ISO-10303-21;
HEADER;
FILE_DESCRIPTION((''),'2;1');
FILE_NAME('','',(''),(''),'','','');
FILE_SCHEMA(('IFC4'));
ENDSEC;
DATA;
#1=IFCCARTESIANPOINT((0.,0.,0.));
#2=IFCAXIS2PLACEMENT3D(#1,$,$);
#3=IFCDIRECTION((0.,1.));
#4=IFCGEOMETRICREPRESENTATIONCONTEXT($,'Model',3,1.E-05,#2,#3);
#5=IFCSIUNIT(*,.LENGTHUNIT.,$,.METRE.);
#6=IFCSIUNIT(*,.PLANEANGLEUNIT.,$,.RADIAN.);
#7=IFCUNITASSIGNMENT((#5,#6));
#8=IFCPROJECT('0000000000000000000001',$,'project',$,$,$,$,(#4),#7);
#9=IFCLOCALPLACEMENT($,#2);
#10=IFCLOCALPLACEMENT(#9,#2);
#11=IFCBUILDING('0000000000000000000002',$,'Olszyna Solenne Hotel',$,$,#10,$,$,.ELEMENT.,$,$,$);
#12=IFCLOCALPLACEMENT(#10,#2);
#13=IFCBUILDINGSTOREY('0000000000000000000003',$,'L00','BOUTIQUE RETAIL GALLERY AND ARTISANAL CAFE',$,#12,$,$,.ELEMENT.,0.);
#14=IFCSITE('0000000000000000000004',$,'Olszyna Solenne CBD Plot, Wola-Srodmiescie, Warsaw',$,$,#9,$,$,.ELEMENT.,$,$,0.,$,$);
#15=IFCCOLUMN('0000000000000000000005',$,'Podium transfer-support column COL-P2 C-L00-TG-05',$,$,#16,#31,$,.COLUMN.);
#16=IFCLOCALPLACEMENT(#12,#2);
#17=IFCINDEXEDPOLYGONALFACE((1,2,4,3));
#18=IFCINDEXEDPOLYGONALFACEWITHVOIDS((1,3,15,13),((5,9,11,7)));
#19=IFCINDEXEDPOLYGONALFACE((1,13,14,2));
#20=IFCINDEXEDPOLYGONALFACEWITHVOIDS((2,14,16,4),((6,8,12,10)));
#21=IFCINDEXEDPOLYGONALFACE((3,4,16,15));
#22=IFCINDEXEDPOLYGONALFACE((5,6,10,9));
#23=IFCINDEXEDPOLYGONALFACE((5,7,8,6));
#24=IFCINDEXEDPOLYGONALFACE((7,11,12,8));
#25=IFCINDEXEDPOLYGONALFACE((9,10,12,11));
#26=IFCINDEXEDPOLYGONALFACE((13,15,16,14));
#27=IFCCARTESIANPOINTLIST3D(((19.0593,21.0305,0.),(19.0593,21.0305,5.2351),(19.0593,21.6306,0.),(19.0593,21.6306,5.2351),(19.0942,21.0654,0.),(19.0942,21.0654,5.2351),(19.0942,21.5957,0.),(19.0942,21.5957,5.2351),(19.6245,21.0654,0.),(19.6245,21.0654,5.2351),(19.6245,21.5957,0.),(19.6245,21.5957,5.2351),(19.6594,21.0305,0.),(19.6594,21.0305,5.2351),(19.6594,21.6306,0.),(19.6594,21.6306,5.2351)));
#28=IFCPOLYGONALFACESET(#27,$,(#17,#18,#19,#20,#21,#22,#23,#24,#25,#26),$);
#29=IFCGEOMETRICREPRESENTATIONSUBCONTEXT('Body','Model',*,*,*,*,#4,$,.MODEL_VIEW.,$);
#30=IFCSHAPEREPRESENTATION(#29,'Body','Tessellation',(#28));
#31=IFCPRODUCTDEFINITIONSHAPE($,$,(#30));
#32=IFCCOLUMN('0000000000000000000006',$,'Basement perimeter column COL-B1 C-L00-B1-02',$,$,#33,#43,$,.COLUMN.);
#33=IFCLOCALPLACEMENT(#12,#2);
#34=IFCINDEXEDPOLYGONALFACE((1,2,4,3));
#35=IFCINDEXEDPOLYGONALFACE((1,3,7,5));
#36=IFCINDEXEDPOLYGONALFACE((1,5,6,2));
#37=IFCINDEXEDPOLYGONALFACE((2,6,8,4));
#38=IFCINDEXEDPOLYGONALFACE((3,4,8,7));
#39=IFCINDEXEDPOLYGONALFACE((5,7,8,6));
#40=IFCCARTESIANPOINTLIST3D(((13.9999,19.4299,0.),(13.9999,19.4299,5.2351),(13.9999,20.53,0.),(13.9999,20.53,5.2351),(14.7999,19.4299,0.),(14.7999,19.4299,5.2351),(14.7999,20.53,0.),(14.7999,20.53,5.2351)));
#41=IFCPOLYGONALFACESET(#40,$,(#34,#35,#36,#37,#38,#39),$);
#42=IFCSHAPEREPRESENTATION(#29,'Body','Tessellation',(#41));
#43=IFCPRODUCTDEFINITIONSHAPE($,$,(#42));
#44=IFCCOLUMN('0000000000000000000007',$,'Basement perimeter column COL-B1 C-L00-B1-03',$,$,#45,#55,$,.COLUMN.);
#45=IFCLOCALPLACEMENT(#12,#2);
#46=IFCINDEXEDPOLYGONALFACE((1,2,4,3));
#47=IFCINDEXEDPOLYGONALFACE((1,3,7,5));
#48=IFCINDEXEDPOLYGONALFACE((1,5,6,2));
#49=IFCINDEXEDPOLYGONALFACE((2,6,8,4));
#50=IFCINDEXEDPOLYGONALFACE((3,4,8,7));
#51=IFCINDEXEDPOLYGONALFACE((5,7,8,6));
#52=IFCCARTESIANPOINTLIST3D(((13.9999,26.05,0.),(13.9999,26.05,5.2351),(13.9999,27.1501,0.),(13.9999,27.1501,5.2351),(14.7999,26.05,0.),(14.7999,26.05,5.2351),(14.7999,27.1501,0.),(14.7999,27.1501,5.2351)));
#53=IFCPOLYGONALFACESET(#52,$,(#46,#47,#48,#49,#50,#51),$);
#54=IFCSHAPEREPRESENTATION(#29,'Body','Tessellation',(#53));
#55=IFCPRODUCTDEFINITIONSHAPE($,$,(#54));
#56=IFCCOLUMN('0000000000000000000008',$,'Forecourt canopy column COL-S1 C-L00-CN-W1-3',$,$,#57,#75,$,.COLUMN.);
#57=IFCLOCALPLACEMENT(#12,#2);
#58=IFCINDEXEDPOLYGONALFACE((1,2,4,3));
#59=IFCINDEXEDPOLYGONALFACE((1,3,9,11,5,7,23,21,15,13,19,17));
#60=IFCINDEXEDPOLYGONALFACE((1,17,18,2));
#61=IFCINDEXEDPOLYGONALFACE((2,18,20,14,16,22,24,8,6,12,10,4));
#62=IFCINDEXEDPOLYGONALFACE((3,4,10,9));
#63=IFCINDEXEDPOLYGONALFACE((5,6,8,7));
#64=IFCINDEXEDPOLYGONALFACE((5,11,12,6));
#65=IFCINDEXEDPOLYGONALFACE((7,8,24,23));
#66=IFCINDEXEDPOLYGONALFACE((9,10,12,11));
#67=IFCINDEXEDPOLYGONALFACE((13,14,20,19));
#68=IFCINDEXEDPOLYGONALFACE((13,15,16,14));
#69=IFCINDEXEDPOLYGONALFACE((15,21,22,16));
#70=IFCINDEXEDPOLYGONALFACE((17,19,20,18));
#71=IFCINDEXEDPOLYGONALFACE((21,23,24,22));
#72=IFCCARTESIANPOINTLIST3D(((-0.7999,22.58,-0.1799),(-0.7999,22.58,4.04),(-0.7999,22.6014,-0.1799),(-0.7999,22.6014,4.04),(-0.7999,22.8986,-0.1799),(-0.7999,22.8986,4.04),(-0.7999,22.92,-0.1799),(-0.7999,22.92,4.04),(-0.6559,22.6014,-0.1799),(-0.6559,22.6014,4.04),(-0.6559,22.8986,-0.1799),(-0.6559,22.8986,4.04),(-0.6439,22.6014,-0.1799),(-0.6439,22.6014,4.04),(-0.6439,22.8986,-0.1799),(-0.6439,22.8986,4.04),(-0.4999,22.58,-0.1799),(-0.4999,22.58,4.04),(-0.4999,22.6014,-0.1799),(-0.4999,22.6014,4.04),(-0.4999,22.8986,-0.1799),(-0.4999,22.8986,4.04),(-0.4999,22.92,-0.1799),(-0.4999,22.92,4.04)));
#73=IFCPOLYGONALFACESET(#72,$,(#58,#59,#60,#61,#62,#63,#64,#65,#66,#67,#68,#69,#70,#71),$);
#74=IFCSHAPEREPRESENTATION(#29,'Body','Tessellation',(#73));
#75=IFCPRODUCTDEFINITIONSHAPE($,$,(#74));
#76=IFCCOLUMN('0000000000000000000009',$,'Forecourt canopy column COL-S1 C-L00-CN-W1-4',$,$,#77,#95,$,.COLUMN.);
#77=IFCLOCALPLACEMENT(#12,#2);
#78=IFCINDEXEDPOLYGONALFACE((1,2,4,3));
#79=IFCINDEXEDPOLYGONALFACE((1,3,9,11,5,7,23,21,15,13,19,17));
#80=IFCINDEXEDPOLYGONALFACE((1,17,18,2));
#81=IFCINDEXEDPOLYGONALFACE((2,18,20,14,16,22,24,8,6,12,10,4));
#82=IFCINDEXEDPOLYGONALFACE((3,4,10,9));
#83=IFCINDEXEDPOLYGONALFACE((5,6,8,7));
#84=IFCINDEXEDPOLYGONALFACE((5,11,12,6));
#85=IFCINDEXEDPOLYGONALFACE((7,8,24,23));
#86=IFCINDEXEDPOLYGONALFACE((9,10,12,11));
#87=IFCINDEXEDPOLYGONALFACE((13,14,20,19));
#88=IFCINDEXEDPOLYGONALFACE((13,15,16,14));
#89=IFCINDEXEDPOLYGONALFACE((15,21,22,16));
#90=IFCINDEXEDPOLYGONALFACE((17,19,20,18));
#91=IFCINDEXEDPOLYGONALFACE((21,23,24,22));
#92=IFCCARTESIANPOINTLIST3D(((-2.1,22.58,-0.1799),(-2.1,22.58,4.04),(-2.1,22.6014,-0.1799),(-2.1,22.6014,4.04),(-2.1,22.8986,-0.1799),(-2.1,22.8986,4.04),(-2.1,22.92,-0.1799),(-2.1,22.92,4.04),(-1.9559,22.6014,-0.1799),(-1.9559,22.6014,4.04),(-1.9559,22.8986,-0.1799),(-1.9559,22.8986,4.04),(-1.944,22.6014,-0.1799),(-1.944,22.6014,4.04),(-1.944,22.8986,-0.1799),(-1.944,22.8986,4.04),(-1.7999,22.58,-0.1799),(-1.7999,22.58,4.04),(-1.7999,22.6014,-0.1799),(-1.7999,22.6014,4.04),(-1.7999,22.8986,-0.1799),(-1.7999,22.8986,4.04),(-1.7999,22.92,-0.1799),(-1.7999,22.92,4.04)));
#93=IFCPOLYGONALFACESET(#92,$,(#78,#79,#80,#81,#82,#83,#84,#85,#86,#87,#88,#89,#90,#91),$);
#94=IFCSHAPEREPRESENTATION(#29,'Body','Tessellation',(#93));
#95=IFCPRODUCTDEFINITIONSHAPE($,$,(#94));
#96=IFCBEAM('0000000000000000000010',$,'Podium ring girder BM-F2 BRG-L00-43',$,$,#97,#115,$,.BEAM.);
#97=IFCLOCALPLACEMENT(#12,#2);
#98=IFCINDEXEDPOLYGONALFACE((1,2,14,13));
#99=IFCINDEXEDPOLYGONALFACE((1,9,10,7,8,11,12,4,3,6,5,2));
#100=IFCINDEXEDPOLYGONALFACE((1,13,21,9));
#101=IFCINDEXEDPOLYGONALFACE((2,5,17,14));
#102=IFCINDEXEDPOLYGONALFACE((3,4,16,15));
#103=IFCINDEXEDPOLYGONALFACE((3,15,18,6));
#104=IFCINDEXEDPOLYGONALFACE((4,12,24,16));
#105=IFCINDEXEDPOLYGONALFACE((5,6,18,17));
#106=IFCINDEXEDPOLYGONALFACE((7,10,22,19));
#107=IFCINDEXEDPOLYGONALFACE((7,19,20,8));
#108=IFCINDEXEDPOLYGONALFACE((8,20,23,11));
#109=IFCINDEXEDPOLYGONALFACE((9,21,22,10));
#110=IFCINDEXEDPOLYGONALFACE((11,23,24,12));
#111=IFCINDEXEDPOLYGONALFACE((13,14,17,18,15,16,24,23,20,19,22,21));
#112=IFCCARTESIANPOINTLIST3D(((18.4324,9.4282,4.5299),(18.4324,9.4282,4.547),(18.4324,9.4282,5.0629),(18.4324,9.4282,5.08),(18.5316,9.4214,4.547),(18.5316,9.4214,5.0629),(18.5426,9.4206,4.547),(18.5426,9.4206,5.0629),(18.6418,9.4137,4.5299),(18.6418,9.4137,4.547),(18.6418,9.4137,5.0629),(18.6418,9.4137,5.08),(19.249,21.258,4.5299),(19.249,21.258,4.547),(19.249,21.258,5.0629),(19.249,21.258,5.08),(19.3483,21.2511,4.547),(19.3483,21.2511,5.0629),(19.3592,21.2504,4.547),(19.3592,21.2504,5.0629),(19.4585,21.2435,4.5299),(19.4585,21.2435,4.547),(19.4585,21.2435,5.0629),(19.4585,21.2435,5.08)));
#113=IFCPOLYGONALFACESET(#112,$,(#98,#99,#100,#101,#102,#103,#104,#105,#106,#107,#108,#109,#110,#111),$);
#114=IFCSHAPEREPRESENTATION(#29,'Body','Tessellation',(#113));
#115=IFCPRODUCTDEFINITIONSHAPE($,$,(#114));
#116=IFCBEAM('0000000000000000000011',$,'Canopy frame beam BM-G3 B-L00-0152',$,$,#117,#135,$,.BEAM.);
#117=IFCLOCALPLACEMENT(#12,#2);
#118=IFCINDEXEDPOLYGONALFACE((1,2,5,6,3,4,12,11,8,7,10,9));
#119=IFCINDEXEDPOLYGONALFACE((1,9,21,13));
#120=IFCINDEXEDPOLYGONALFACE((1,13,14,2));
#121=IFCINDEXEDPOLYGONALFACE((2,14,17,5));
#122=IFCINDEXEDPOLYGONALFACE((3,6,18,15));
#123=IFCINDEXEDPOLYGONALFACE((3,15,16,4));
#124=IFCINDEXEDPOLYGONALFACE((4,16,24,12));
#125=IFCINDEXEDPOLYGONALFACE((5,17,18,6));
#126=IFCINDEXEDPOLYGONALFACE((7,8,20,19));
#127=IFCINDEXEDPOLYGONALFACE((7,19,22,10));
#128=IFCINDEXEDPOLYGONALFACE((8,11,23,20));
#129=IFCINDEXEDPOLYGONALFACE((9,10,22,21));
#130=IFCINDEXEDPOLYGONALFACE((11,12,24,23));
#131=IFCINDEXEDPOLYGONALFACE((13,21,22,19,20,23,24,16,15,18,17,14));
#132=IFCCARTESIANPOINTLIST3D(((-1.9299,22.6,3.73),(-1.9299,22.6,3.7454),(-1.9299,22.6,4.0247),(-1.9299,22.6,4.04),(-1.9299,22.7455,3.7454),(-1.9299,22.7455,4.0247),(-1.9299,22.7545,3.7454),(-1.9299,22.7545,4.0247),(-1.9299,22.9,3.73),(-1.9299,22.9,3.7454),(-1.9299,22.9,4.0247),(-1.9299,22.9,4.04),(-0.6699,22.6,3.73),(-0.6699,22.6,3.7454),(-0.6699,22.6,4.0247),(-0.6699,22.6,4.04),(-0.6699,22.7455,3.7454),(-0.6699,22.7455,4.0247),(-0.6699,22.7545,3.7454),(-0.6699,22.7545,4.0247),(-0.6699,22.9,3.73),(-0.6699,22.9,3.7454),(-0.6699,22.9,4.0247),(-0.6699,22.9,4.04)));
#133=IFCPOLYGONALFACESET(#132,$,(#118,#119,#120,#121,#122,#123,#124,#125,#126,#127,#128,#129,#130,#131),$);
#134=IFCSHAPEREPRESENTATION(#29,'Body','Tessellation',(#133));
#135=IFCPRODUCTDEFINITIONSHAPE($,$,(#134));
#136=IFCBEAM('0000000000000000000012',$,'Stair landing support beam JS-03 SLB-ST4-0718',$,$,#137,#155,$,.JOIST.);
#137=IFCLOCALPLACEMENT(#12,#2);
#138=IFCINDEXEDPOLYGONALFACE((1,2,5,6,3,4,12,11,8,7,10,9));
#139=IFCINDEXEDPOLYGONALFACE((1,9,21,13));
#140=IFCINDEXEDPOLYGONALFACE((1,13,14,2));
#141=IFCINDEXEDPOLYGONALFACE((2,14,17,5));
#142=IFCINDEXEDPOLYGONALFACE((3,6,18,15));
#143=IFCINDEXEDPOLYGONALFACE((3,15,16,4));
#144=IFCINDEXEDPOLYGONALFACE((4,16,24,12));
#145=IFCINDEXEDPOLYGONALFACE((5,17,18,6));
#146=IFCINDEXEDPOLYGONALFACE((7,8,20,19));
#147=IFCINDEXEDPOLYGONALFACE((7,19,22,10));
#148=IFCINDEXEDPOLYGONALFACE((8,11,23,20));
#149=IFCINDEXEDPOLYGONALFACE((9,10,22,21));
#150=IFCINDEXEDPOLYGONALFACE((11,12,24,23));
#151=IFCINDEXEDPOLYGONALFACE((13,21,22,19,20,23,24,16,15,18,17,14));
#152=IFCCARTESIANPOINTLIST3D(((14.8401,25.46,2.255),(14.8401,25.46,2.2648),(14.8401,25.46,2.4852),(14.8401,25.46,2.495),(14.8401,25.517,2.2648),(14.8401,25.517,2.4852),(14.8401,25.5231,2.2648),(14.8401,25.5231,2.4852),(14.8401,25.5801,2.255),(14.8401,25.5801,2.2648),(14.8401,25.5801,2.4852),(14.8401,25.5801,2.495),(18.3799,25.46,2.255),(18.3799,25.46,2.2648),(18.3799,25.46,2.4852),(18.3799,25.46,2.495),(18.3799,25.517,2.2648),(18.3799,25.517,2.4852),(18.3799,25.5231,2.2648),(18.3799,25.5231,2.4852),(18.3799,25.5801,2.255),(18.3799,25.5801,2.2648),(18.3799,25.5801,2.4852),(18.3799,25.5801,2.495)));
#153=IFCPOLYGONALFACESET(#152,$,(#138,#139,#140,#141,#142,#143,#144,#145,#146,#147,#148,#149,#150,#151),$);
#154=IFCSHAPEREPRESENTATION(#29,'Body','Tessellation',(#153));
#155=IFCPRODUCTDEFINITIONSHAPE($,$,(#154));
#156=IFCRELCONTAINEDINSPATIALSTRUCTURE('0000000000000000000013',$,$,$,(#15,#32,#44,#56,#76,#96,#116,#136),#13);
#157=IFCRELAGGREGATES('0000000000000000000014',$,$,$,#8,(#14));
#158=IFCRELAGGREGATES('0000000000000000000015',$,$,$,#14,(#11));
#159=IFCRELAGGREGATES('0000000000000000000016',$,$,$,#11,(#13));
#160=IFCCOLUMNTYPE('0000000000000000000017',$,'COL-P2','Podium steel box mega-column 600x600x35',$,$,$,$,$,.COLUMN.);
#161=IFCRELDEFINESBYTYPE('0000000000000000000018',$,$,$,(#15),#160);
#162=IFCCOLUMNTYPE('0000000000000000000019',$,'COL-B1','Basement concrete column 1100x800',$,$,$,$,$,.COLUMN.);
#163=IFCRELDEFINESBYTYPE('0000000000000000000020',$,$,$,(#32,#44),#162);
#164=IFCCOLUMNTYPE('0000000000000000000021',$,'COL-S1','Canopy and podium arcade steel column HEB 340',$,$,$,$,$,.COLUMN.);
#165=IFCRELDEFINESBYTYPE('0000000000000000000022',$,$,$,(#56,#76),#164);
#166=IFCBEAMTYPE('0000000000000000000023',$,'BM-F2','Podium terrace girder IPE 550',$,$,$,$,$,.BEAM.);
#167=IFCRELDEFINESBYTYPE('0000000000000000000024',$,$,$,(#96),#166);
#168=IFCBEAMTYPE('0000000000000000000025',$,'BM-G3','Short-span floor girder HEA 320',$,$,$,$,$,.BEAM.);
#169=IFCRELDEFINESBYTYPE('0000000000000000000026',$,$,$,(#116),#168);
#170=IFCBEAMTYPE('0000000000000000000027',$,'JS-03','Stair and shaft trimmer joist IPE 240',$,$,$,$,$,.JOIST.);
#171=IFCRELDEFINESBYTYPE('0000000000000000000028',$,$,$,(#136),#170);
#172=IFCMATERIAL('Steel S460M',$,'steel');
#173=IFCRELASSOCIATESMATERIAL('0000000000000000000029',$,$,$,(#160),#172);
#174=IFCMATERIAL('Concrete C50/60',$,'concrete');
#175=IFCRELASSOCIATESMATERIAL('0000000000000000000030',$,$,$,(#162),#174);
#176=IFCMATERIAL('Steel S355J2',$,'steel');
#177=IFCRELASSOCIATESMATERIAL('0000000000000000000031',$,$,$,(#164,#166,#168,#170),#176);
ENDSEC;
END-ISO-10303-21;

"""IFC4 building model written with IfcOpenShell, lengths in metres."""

from ifc_helpers import new_model, si_unit, direction, frame, origin, origin_2d, place, context, subcontext, project, spatial, rectangle, hollow_rectangle, i_section, extrude, source, transform, mapped, material, material_profile, profile_set, type_object, element, save


model = new_model("IFC4")

# Units and contexts
model_context = context("Model", 3, precision=1e-05, world=origin(), true_north=direction((0.0, 1.0)))
body_context = subcontext(model_context, "Body", "Model", "MODEL_VIEW")
ifc_project = project(units=[si_unit("LENGTHUNIT", "METRE"), si_unit("PLANEANGLEUNIT", "RADIAN")], contexts=[model_context])

# Site, building, storey
site_placement = place(None, origin())
site = spatial("IfcSite", under=ifc_project, at=site_placement, Name="Olszyna Solenne CBD Plot, Wola-Srodmiescie, Warsaw", CompositionType="ELEMENT", RefElevation=0.0)
building_placement = place(site_placement, origin())
building = spatial("IfcBuilding", under=site, at=building_placement, Name="Olszyna Solenne Hotel", CompositionType="ELEMENT")
storey_placement = place(building_placement, origin())
storey = spatial("IfcBuildingStorey", under=building, at=storey_placement, Name="L00", Description="BOUTIQUE RETAIL GALLERY AND ARTISANAL CAFE", CompositionType="ELEMENT", Elevation=0.0)

# Columns
ifc_material_1 = material(Name="Steel S460M", Category="steel")
ifc_material_profile_1 = material_profile(ifc_material_1, hollow_rectangle(XDim=0.6001, YDim=0.6001, WallThickness=0.0349, at=origin_2d()), Name="SHS 600x600x35", Category="load-bearing")
ifc_profile_set_1 = profile_set([ifc_material_profile_1], Name="Steel S460M")
column_type_1 = type_object("IfcColumnType", Name="COL-P2", Description="Podium steel box mega-column 600x600x35", PredefinedType="COLUMN", material=ifc_profile_set_1)
shared_shape_1 = source(origin(), body_context, "Body", "SweptSolid", [
    extrude(hollow_rectangle(XDim=0.6001, YDim=0.6001, WallThickness=0.0349, at=origin_2d()), origin(), (0.0, 0.0, 1.0), 5.2351),
])
column_placement = place(storey_placement, frame((19.3594, 21.3306, 0.0), z_axis=(0.0, 0.0, 1.0), x_axis=(1.0, 0.0, 0.0)))
element("IfcColumn", 1, at=column_placement, inside=storey, type_object=column_type_1, Name="Podium transfer-support column COL-P2 C-L00-TG-05", PredefinedType="COLUMN", context=body_context, shape_type="MappedRepresentation", body=[
    mapped(shared_shape_1, transform((0.0, 0.0, 0.0), x_axis=(1.0, 0.0, 0.0), y_axis=(0.0, 1.0, 0.0), z_axis=(0.0, 0.0, 1.0), scale=1.0)),
])
ifc_material_2 = material(Name="Concrete C50/60", Category="concrete")
ifc_material_profile_2 = material_profile(ifc_material_2, rectangle(XDim=0.8, YDim=1.1001, at=origin_2d()), Name="RC 1100x800", Category="load-bearing")
ifc_profile_set_2 = profile_set([ifc_material_profile_2], Name="Concrete C50/60")
column_type_2 = type_object("IfcColumnType", Name="COL-B1", Description="Basement concrete column 1100x800", PredefinedType="COLUMN", material=ifc_profile_set_2)
shared_shape_2 = source(origin(), body_context, "Body", "SweptSolid", [
    extrude(rectangle(XDim=0.8, YDim=1.1001, at=origin_2d()), origin(), (0.0, 0.0, 1.0), 5.2351),
])
for number, where, z_axis, x_axis, name in (
    (2, (14.3999, 19.98, 0.0), (0.0, 0.0, 1.0), (1.0, 0.0, 0.0), "Basement perimeter column COL-B1 C-L00-B1-02"),
    (3, (14.3999, 26.6001, 0.0), (0.0, 0.0, 1.0), (1.0, 0.0, 0.0), "Basement perimeter column COL-B1 C-L00-B1-03"),
):
    element("IfcColumn", number, at=place(storey_placement, frame(where, z_axis=z_axis, x_axis=x_axis)), inside=storey, type_object=column_type_2, Name=name, PredefinedType="COLUMN", context=body_context, shape_type="MappedRepresentation", body=[
        mapped(shared_shape_2, transform((0.0, 0.0, 0.0), x_axis=(1.0, 0.0, 0.0), y_axis=(0.0, 1.0, 0.0), z_axis=(0.0, 0.0, 1.0), scale=1.0)),
    ])
ifc_material_3 = material(Name="Steel S355J2", Category="steel")
ifc_material_profile_3 = material_profile(ifc_material_3, i_section(OverallWidth=0.3, OverallDepth=0.3401, WebThickness=0.012, FlangeThickness=0.0215, at=origin_2d()), Name="HEB 340", Category="load-bearing")
ifc_profile_set_3 = profile_set([ifc_material_profile_3], Name="Steel S355J2")
column_type_3 = type_object("IfcColumnType", Name="COL-S1", Description="Canopy and podium arcade steel column HEB 340", PredefinedType="COLUMN", material=ifc_profile_set_3)
shared_shape_3 = source(origin(), body_context, "Body", "SweptSolid", [
    extrude(i_section(OverallWidth=0.3, OverallDepth=0.3401, WebThickness=0.012, FlangeThickness=0.0215, at=origin_2d()), origin(), (0.0, 0.0, 1.0), 4.22),
])
for number, where, z_axis, x_axis, name in (
    (4, (-0.6499, 22.75, -0.1799), (0.0, 0.0, 1.0), (1.0, 0.0, 0.0), "Forecourt canopy column COL-S1 C-L00-CN-W1-3"),
    (5, (-1.95, 22.75, -0.1799), (0.0, 0.0, 1.0), (1.0, 0.0, 0.0), "Forecourt canopy column COL-S1 C-L00-CN-W1-4"),
):
    element("IfcColumn", number, at=place(storey_placement, frame(where, z_axis=z_axis, x_axis=x_axis)), inside=storey, type_object=column_type_3, Name=name, PredefinedType="COLUMN", context=body_context, shape_type="MappedRepresentation", body=[
        mapped(shared_shape_3, transform((0.0, 0.0, 0.0), x_axis=(1.0, 0.0, 0.0), y_axis=(0.0, 1.0, 0.0), z_axis=(0.0, 0.0, 1.0), scale=1.0)),
    ])

# Beams
ifc_material_profile_4 = material_profile(ifc_material_3, i_section(OverallWidth=0.21, OverallDepth=0.55, WebThickness=0.011, FlangeThickness=0.0171, at=origin_2d()), Name="IPE 550", Category="load-bearing")
ifc_profile_set_4 = profile_set([ifc_material_profile_4], Name="Steel S355J2")
beam_type_1 = type_object("IfcBeamType", Name="BM-F2", Description="Podium terrace girder IPE 550", PredefinedType="BEAM", material=ifc_profile_set_4)
shared_shape_4 = source(origin(), body_context, "Body", "SweptSolid", [
    extrude(i_section(OverallWidth=0.21, OverallDepth=0.55, WebThickness=0.011, FlangeThickness=0.0171, at=origin_2d()), origin(), (0.0, 0.0, 1.0), 11.8579),
])
beam_1_placement = place(storey_placement, frame((19.3538, 21.2507, 4.8049), z_axis=(-0.068869, -0.997626, 0.0), x_axis=(0.997626, -0.068869, 0.0)))
element("IfcBeam", 6, at=beam_1_placement, inside=storey, type_object=beam_type_1, Name="Podium ring girder BM-F2 BRG-L00-43", PredefinedType="BEAM", context=body_context, shape_type="MappedRepresentation", body=[
    mapped(shared_shape_4, transform((0.0, 0.0, 0.0), x_axis=(1.0, 0.0, 0.0), y_axis=(0.0, 1.0, 0.0), z_axis=(0.0, 0.0, 1.0), scale=1.0)),
])
ifc_material_profile_5 = material_profile(ifc_material_3, i_section(OverallWidth=0.3, OverallDepth=0.3101, WebThickness=0.009, FlangeThickness=0.0154, at=origin_2d()), Name="HEA 320", Category="load-bearing")
ifc_profile_set_5 = profile_set([ifc_material_profile_5], Name="Steel S355J2")
beam_type_2 = type_object("IfcBeamType", Name="BM-G3", Description="Short-span floor girder HEA 320", PredefinedType="BEAM", material=ifc_profile_set_5)
shared_shape_5 = source(origin(), body_context, "Body", "SweptSolid", [
    extrude(i_section(OverallWidth=0.3, OverallDepth=0.3101, WebThickness=0.009, FlangeThickness=0.0154, at=origin_2d()), origin(), (0.0, 0.0, 1.0), 1.26),
])
beam_2_placement = place(storey_placement, frame((-0.6699, 22.75, 3.885), z_axis=(-1.0, 0.0, 0.0), x_axis=(0.0, -1.0, 0.0)))
element("IfcBeam", 7, at=beam_2_placement, inside=storey, type_object=beam_type_2, Name="Canopy frame beam BM-G3 B-L00-0152", PredefinedType="BEAM", context=body_context, shape_type="MappedRepresentation", body=[
    mapped(shared_shape_5, transform((0.0, 0.0, 0.0), x_axis=(1.0, 0.0, 0.0), y_axis=(0.0, 1.0, 0.0), z_axis=(0.0, 0.0, 1.0), scale=1.0)),
])
ifc_material_profile_6 = material_profile(ifc_material_3, i_section(OverallWidth=0.1201, OverallDepth=0.24, WebThickness=0.0061, FlangeThickness=0.0098, at=origin_2d()), Name="IPE 240", Category="load-bearing")
ifc_profile_set_6 = profile_set([ifc_material_profile_6], Name="Steel S355J2")
beam_type_3 = type_object("IfcBeamType", Name="JS-03", Description="Stair and shaft trimmer joist IPE 240", PredefinedType="JOIST", material=ifc_profile_set_6)
shared_shape_6 = source(origin(), body_context, "Body", "SweptSolid", [
    extrude(i_section(OverallWidth=0.1201, OverallDepth=0.24, WebThickness=0.0061, FlangeThickness=0.0098, at=origin_2d()), origin(), (0.0, 0.0, 1.0), 3.5398),
])
for number, where, z_axis, x_axis, name in (
    (8, (18.3799, 25.52, 2.375), (-1.0, 0.0, 0.0), (0.0, -1.0, 0.0), "Stair landing support beam JS-03 SLB-ST4-0718"),
):
    element("IfcBeam", number, at=place(storey_placement, frame(where, z_axis=z_axis, x_axis=x_axis)), inside=storey, type_object=beam_type_3, Name=name, PredefinedType="JOIST", context=body_context, shape_type="MappedRepresentation", body=[
        mapped(shared_shape_6, transform((0.0, 0.0, 0.0), x_axis=(1.0, 0.0, 0.0), y_axis=(0.0, 1.0, 0.0), z_axis=(0.0, 0.0, 1.0), scale=1.0)),
    ])

save(model, "model.ifc")
